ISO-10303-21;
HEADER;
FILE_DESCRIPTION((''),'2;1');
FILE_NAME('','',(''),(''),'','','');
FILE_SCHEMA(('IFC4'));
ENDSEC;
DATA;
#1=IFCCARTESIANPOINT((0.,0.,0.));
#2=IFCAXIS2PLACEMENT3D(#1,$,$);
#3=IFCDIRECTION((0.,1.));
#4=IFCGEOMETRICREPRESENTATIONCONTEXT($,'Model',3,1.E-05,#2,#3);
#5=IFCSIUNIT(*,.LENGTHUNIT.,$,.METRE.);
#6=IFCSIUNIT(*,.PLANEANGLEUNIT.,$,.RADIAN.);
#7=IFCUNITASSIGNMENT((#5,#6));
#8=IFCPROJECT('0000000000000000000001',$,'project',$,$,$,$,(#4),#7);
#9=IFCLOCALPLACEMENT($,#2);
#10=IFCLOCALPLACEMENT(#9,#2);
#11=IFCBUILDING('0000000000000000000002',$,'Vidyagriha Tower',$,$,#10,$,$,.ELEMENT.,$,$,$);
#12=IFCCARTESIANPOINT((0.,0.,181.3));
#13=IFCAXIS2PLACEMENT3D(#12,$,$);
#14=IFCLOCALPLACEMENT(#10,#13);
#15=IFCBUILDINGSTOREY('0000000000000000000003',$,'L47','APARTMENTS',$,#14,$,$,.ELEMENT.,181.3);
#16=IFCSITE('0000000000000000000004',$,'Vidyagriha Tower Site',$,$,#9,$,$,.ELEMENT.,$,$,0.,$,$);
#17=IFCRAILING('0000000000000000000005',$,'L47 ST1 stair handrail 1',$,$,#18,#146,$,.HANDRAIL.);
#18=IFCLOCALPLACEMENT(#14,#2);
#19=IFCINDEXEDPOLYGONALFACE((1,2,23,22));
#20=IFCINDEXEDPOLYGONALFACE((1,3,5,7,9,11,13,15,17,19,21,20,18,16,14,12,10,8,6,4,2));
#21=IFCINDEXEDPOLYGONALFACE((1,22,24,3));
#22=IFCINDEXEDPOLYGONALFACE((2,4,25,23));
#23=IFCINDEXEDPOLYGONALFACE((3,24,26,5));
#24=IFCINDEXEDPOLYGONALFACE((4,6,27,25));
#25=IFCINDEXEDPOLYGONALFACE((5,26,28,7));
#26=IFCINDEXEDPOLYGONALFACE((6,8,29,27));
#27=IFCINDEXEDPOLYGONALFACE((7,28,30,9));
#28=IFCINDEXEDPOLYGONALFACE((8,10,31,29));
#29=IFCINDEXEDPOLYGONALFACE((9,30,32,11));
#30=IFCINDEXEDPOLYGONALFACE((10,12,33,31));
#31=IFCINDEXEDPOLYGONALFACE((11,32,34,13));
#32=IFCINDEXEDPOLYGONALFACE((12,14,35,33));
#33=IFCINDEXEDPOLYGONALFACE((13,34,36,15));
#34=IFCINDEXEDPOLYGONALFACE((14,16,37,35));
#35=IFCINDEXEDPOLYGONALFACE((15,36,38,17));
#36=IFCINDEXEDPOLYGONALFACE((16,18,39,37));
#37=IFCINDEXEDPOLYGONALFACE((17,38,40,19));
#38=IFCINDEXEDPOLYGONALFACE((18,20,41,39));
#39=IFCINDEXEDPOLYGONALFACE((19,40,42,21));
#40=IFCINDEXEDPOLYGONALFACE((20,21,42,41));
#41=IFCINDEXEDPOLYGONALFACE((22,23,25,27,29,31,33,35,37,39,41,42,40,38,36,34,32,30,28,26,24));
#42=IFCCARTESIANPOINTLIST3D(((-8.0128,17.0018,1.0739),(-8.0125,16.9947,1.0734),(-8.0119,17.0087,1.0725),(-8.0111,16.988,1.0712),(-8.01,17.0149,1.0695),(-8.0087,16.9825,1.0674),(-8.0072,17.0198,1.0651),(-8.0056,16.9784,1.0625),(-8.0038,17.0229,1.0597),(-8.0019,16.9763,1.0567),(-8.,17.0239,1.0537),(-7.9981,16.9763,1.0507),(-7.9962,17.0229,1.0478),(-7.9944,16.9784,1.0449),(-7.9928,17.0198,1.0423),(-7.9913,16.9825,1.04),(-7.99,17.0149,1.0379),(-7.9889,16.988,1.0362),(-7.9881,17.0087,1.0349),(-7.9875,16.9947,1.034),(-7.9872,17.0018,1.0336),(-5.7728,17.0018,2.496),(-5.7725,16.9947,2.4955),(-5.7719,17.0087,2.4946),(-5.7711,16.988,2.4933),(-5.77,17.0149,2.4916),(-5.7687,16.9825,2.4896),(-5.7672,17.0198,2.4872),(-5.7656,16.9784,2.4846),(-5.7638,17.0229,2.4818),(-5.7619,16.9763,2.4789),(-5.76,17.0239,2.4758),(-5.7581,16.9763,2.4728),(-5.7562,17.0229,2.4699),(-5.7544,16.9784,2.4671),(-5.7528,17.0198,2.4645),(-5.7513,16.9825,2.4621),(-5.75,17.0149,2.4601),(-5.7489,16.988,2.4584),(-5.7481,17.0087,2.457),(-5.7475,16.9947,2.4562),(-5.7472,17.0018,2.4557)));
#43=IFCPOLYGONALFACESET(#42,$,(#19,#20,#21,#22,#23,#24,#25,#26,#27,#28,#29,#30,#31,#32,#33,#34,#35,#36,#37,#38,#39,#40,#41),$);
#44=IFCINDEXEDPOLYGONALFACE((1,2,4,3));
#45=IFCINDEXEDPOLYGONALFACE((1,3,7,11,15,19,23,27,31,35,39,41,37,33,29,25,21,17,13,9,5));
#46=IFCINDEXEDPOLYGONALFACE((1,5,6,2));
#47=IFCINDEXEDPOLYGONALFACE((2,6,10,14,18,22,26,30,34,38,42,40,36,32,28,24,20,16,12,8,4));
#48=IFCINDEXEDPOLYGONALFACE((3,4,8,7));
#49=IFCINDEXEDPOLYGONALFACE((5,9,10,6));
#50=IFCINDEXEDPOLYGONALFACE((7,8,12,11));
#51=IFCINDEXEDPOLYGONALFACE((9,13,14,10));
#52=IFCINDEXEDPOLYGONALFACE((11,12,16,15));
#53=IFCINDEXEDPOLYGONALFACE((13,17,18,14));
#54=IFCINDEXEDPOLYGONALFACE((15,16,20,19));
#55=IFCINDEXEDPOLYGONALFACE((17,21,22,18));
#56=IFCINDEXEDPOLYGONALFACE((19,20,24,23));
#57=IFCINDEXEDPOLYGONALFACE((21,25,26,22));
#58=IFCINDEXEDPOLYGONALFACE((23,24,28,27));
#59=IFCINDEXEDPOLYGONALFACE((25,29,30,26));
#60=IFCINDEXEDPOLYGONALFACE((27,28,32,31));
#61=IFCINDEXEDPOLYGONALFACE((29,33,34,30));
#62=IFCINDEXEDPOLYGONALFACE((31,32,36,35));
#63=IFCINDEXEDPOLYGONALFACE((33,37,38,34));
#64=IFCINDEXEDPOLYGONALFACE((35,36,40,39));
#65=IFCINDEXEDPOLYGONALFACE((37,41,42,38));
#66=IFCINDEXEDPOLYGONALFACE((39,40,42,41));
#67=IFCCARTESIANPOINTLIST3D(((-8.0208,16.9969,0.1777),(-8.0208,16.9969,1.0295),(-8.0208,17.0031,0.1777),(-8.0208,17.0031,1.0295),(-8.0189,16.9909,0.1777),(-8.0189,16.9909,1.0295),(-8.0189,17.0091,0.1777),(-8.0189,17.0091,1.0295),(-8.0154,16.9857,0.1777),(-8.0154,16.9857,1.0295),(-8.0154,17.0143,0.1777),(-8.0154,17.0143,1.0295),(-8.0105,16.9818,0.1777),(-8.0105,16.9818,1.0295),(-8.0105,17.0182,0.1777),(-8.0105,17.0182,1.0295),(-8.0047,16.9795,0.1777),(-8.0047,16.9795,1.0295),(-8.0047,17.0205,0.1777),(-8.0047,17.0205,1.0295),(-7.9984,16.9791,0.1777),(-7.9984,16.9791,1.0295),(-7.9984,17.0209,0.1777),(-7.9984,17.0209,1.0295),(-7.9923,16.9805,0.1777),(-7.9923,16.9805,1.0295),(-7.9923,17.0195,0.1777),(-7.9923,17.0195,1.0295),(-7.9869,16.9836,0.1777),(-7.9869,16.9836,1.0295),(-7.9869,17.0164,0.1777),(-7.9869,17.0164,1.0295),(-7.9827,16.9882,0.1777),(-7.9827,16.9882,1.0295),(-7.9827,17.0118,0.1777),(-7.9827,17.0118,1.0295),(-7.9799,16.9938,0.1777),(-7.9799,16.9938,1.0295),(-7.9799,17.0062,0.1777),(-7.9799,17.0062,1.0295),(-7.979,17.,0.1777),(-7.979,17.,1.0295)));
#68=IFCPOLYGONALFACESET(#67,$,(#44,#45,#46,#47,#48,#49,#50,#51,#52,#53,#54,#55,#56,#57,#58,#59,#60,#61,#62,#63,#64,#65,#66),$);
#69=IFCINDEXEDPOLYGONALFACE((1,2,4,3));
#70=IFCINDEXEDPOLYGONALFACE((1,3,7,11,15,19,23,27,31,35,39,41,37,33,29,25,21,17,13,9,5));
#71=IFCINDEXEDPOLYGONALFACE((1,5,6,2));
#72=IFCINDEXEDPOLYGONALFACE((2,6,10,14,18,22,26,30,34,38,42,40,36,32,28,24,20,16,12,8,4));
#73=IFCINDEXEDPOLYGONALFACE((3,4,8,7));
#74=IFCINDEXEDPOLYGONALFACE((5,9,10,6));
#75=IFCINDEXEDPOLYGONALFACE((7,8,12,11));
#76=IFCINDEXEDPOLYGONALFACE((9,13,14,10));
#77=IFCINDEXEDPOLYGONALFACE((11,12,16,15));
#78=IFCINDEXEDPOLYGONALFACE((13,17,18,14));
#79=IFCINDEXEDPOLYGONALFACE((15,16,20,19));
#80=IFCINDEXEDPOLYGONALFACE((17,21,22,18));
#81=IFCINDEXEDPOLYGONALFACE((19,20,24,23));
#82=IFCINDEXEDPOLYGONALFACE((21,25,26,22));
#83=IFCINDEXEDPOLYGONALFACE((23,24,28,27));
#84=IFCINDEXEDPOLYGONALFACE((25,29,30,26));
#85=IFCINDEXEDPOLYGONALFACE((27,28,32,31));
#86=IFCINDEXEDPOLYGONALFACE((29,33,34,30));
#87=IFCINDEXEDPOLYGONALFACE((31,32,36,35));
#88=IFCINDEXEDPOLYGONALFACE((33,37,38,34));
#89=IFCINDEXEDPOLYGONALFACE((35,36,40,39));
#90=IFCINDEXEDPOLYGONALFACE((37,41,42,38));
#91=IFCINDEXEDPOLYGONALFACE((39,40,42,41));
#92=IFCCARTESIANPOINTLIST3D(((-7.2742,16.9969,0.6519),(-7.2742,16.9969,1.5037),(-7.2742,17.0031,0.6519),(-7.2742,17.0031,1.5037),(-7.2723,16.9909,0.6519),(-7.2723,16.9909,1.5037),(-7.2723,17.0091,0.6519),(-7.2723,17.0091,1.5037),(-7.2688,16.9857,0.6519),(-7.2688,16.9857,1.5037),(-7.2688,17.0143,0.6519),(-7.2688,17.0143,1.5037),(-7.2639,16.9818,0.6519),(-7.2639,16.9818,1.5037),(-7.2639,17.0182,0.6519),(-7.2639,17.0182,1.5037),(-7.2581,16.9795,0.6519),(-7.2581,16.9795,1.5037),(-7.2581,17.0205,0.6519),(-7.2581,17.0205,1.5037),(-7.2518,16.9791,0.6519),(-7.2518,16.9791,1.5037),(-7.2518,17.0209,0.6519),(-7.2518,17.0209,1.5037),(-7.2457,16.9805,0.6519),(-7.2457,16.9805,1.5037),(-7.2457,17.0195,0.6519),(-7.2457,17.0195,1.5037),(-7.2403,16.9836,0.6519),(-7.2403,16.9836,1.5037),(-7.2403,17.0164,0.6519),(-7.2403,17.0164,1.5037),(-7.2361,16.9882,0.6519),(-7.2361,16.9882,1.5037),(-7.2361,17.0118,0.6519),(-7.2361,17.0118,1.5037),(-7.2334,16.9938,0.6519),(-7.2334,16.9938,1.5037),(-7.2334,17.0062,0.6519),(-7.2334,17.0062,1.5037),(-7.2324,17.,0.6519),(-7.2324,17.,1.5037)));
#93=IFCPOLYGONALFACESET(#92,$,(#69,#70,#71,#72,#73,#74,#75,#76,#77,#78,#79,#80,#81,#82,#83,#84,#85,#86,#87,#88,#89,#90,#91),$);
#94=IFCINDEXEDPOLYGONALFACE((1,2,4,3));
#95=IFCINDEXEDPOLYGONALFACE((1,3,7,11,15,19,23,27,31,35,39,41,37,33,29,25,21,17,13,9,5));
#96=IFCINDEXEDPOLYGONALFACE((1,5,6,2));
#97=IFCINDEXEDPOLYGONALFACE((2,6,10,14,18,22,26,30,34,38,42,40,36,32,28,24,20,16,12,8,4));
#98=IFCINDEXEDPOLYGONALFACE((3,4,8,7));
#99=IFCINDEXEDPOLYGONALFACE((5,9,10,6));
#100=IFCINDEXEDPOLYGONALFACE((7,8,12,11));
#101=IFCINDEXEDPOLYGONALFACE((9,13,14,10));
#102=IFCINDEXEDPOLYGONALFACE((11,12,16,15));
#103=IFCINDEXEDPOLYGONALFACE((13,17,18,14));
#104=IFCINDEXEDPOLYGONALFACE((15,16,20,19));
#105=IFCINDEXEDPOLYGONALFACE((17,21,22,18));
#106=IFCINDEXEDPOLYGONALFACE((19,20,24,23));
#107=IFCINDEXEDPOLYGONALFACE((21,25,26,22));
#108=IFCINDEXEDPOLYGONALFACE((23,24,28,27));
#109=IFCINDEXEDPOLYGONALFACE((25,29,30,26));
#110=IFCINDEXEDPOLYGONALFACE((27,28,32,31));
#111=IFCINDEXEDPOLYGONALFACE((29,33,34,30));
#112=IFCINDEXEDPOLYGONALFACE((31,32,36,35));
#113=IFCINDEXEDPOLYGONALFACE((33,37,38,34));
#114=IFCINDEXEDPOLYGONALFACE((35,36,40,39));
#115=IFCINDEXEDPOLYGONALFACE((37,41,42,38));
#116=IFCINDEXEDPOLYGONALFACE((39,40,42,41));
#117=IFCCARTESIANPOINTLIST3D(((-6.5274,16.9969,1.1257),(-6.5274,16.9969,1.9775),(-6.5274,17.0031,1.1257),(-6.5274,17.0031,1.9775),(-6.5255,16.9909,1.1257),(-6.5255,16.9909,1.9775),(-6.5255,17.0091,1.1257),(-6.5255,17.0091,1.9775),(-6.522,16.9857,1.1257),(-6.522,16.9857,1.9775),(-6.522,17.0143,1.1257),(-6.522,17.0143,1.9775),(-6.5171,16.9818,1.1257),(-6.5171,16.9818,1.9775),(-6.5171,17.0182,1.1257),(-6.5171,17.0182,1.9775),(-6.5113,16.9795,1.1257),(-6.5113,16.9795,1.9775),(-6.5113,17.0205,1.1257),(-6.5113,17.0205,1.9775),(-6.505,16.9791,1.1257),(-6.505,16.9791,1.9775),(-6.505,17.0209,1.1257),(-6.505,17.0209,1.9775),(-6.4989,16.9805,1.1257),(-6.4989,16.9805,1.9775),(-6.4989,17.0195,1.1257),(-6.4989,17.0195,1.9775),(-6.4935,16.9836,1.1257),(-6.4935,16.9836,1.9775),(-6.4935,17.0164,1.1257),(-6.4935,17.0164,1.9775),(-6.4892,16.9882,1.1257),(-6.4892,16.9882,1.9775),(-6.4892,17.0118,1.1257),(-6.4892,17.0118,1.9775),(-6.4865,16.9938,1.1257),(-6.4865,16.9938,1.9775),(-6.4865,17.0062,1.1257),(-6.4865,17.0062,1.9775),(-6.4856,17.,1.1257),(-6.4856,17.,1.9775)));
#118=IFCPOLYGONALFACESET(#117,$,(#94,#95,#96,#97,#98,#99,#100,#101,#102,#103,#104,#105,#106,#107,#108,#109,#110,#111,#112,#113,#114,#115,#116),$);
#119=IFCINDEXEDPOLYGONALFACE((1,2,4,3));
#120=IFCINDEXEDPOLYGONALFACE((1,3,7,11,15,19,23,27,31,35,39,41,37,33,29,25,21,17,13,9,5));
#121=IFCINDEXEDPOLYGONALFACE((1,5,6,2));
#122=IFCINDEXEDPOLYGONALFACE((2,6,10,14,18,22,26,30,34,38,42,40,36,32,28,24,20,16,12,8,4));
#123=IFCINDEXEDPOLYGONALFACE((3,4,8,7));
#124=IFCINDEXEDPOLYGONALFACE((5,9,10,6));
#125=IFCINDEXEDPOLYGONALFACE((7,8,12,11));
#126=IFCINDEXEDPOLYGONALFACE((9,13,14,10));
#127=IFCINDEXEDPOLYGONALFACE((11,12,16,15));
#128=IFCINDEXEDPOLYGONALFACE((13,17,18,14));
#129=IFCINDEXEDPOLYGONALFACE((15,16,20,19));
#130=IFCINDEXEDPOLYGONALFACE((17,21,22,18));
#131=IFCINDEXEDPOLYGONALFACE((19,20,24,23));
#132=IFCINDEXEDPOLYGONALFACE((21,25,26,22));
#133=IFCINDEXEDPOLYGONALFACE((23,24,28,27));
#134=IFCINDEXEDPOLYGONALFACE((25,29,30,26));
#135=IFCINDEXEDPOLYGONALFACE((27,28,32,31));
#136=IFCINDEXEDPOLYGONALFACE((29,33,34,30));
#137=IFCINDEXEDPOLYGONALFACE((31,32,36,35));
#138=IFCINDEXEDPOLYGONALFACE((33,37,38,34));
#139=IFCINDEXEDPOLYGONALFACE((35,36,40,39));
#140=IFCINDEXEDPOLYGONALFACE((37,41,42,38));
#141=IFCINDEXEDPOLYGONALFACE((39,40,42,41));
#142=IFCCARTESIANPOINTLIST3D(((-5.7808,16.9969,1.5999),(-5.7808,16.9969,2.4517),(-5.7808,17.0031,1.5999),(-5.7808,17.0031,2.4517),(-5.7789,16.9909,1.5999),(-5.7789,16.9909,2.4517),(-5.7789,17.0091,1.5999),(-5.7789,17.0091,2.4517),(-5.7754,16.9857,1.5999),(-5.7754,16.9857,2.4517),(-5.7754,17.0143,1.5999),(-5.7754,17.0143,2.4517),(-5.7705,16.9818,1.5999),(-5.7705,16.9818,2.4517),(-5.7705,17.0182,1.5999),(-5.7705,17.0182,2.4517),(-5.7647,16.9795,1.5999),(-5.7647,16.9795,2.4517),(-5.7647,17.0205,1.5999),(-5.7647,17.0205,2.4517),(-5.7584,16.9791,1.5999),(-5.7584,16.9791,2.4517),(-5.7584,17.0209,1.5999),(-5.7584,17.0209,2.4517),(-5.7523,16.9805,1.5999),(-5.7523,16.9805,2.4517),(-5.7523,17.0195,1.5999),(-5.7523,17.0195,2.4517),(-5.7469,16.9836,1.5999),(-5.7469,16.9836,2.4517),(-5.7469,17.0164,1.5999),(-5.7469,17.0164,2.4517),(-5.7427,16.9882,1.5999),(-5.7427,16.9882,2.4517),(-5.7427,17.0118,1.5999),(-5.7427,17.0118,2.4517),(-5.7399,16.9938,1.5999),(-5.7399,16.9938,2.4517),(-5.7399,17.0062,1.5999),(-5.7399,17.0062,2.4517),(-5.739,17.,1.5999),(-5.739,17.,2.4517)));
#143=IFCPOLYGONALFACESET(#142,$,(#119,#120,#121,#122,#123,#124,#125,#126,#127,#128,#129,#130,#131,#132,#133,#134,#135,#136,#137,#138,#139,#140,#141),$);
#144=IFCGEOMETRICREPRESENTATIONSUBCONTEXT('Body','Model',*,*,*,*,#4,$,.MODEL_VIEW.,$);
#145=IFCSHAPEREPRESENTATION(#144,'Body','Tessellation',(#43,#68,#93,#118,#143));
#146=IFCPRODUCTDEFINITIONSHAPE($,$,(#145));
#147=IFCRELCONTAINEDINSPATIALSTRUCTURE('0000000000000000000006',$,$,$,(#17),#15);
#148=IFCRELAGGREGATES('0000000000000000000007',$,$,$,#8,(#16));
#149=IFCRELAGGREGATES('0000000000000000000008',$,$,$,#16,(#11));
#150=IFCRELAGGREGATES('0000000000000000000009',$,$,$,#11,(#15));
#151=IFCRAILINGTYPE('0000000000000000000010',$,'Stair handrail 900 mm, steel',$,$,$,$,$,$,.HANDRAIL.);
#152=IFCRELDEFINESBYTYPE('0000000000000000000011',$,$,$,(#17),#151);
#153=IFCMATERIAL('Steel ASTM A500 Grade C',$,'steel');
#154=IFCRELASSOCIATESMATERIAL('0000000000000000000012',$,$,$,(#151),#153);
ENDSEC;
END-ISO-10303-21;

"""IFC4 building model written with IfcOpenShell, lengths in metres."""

from ifc_helpers import new_model, si_unit, direction, frame, origin, origin_2d, place, context, subcontext, project, spatial, circle, extrude, material, type_object, element, save


model = new_model("IFC4")

# Units and contexts
model_context = context("Model", 3, precision=1e-05, world=origin(), true_north=direction((0.0, 1.0)))
body_context = subcontext(model_context, "Body", "Model", "MODEL_VIEW")
ifc_project = project(units=[si_unit("LENGTHUNIT", "METRE"), si_unit("PLANEANGLEUNIT", "RADIAN")], contexts=[model_context])

# Site, building, storey
site_placement = place(None, origin())
site = spatial("IfcSite", under=ifc_project, at=site_placement, Name="Vidyagriha Tower Site", CompositionType="ELEMENT", RefElevation=0.0)
building_placement = place(site_placement, origin())
building = spatial("IfcBuilding", under=site, at=building_placement, Name="Vidyagriha Tower", CompositionType="ELEMENT")
storey_placement = place(building_placement, frame((0.0, 0.0, 181.3)))
storey = spatial("IfcBuildingStorey", under=building, at=storey_placement, Name="L47", Description="APARTMENTS", CompositionType="ELEMENT", Elevation=181.3)

# Railing
ifc_material_1 = material(Name="Steel ASTM A500 Grade C", Category="steel")
railing_type_1 = type_object("IfcRailingType", Name="Stair handrail 900 mm, steel", PredefinedType="HANDRAIL", material=ifc_material_1)
railing_1_placement = place(storey_placement, frame((-8.0, 17.0, 0.1777)))
element("IfcRailing", 1, at=railing_1_placement, inside=storey, type_object=railing_type_1, Name="L47 ST1 stair handrail 1", PredefinedType="HANDRAIL", context=body_context, shape_type="SweptSolid", body=[
    extrude(circle(Radius=0.0239, at=origin_2d()), frame((0.0, 0.0, 0.876), z_axis=(0.844229, 0.0, 0.535982), x_axis=(0.0, 1.0, 0.0)), (0.0, 0.0, 1.0), 2.6533),
    extrude(circle(Radius=0.021, at=origin_2d()), origin(), (0.0, 0.0, 1.0), 0.8518),
    extrude(circle(Radius=0.021, at=origin_2d()), frame((0.7466, 0.0, 0.4741)), (0.0, 0.0, 1.0), 0.8518),
    extrude(circle(Radius=0.021, at=origin_2d()), frame((1.4934, 0.0, 0.948)), (0.0, 0.0, 1.0), 0.8518),
    extrude(circle(Radius=0.021, at=origin_2d()), frame((2.24, 0.0, 1.4221)), (0.0, 0.0, 1.0), 0.8518),
])

save(model, "model.ifc")
